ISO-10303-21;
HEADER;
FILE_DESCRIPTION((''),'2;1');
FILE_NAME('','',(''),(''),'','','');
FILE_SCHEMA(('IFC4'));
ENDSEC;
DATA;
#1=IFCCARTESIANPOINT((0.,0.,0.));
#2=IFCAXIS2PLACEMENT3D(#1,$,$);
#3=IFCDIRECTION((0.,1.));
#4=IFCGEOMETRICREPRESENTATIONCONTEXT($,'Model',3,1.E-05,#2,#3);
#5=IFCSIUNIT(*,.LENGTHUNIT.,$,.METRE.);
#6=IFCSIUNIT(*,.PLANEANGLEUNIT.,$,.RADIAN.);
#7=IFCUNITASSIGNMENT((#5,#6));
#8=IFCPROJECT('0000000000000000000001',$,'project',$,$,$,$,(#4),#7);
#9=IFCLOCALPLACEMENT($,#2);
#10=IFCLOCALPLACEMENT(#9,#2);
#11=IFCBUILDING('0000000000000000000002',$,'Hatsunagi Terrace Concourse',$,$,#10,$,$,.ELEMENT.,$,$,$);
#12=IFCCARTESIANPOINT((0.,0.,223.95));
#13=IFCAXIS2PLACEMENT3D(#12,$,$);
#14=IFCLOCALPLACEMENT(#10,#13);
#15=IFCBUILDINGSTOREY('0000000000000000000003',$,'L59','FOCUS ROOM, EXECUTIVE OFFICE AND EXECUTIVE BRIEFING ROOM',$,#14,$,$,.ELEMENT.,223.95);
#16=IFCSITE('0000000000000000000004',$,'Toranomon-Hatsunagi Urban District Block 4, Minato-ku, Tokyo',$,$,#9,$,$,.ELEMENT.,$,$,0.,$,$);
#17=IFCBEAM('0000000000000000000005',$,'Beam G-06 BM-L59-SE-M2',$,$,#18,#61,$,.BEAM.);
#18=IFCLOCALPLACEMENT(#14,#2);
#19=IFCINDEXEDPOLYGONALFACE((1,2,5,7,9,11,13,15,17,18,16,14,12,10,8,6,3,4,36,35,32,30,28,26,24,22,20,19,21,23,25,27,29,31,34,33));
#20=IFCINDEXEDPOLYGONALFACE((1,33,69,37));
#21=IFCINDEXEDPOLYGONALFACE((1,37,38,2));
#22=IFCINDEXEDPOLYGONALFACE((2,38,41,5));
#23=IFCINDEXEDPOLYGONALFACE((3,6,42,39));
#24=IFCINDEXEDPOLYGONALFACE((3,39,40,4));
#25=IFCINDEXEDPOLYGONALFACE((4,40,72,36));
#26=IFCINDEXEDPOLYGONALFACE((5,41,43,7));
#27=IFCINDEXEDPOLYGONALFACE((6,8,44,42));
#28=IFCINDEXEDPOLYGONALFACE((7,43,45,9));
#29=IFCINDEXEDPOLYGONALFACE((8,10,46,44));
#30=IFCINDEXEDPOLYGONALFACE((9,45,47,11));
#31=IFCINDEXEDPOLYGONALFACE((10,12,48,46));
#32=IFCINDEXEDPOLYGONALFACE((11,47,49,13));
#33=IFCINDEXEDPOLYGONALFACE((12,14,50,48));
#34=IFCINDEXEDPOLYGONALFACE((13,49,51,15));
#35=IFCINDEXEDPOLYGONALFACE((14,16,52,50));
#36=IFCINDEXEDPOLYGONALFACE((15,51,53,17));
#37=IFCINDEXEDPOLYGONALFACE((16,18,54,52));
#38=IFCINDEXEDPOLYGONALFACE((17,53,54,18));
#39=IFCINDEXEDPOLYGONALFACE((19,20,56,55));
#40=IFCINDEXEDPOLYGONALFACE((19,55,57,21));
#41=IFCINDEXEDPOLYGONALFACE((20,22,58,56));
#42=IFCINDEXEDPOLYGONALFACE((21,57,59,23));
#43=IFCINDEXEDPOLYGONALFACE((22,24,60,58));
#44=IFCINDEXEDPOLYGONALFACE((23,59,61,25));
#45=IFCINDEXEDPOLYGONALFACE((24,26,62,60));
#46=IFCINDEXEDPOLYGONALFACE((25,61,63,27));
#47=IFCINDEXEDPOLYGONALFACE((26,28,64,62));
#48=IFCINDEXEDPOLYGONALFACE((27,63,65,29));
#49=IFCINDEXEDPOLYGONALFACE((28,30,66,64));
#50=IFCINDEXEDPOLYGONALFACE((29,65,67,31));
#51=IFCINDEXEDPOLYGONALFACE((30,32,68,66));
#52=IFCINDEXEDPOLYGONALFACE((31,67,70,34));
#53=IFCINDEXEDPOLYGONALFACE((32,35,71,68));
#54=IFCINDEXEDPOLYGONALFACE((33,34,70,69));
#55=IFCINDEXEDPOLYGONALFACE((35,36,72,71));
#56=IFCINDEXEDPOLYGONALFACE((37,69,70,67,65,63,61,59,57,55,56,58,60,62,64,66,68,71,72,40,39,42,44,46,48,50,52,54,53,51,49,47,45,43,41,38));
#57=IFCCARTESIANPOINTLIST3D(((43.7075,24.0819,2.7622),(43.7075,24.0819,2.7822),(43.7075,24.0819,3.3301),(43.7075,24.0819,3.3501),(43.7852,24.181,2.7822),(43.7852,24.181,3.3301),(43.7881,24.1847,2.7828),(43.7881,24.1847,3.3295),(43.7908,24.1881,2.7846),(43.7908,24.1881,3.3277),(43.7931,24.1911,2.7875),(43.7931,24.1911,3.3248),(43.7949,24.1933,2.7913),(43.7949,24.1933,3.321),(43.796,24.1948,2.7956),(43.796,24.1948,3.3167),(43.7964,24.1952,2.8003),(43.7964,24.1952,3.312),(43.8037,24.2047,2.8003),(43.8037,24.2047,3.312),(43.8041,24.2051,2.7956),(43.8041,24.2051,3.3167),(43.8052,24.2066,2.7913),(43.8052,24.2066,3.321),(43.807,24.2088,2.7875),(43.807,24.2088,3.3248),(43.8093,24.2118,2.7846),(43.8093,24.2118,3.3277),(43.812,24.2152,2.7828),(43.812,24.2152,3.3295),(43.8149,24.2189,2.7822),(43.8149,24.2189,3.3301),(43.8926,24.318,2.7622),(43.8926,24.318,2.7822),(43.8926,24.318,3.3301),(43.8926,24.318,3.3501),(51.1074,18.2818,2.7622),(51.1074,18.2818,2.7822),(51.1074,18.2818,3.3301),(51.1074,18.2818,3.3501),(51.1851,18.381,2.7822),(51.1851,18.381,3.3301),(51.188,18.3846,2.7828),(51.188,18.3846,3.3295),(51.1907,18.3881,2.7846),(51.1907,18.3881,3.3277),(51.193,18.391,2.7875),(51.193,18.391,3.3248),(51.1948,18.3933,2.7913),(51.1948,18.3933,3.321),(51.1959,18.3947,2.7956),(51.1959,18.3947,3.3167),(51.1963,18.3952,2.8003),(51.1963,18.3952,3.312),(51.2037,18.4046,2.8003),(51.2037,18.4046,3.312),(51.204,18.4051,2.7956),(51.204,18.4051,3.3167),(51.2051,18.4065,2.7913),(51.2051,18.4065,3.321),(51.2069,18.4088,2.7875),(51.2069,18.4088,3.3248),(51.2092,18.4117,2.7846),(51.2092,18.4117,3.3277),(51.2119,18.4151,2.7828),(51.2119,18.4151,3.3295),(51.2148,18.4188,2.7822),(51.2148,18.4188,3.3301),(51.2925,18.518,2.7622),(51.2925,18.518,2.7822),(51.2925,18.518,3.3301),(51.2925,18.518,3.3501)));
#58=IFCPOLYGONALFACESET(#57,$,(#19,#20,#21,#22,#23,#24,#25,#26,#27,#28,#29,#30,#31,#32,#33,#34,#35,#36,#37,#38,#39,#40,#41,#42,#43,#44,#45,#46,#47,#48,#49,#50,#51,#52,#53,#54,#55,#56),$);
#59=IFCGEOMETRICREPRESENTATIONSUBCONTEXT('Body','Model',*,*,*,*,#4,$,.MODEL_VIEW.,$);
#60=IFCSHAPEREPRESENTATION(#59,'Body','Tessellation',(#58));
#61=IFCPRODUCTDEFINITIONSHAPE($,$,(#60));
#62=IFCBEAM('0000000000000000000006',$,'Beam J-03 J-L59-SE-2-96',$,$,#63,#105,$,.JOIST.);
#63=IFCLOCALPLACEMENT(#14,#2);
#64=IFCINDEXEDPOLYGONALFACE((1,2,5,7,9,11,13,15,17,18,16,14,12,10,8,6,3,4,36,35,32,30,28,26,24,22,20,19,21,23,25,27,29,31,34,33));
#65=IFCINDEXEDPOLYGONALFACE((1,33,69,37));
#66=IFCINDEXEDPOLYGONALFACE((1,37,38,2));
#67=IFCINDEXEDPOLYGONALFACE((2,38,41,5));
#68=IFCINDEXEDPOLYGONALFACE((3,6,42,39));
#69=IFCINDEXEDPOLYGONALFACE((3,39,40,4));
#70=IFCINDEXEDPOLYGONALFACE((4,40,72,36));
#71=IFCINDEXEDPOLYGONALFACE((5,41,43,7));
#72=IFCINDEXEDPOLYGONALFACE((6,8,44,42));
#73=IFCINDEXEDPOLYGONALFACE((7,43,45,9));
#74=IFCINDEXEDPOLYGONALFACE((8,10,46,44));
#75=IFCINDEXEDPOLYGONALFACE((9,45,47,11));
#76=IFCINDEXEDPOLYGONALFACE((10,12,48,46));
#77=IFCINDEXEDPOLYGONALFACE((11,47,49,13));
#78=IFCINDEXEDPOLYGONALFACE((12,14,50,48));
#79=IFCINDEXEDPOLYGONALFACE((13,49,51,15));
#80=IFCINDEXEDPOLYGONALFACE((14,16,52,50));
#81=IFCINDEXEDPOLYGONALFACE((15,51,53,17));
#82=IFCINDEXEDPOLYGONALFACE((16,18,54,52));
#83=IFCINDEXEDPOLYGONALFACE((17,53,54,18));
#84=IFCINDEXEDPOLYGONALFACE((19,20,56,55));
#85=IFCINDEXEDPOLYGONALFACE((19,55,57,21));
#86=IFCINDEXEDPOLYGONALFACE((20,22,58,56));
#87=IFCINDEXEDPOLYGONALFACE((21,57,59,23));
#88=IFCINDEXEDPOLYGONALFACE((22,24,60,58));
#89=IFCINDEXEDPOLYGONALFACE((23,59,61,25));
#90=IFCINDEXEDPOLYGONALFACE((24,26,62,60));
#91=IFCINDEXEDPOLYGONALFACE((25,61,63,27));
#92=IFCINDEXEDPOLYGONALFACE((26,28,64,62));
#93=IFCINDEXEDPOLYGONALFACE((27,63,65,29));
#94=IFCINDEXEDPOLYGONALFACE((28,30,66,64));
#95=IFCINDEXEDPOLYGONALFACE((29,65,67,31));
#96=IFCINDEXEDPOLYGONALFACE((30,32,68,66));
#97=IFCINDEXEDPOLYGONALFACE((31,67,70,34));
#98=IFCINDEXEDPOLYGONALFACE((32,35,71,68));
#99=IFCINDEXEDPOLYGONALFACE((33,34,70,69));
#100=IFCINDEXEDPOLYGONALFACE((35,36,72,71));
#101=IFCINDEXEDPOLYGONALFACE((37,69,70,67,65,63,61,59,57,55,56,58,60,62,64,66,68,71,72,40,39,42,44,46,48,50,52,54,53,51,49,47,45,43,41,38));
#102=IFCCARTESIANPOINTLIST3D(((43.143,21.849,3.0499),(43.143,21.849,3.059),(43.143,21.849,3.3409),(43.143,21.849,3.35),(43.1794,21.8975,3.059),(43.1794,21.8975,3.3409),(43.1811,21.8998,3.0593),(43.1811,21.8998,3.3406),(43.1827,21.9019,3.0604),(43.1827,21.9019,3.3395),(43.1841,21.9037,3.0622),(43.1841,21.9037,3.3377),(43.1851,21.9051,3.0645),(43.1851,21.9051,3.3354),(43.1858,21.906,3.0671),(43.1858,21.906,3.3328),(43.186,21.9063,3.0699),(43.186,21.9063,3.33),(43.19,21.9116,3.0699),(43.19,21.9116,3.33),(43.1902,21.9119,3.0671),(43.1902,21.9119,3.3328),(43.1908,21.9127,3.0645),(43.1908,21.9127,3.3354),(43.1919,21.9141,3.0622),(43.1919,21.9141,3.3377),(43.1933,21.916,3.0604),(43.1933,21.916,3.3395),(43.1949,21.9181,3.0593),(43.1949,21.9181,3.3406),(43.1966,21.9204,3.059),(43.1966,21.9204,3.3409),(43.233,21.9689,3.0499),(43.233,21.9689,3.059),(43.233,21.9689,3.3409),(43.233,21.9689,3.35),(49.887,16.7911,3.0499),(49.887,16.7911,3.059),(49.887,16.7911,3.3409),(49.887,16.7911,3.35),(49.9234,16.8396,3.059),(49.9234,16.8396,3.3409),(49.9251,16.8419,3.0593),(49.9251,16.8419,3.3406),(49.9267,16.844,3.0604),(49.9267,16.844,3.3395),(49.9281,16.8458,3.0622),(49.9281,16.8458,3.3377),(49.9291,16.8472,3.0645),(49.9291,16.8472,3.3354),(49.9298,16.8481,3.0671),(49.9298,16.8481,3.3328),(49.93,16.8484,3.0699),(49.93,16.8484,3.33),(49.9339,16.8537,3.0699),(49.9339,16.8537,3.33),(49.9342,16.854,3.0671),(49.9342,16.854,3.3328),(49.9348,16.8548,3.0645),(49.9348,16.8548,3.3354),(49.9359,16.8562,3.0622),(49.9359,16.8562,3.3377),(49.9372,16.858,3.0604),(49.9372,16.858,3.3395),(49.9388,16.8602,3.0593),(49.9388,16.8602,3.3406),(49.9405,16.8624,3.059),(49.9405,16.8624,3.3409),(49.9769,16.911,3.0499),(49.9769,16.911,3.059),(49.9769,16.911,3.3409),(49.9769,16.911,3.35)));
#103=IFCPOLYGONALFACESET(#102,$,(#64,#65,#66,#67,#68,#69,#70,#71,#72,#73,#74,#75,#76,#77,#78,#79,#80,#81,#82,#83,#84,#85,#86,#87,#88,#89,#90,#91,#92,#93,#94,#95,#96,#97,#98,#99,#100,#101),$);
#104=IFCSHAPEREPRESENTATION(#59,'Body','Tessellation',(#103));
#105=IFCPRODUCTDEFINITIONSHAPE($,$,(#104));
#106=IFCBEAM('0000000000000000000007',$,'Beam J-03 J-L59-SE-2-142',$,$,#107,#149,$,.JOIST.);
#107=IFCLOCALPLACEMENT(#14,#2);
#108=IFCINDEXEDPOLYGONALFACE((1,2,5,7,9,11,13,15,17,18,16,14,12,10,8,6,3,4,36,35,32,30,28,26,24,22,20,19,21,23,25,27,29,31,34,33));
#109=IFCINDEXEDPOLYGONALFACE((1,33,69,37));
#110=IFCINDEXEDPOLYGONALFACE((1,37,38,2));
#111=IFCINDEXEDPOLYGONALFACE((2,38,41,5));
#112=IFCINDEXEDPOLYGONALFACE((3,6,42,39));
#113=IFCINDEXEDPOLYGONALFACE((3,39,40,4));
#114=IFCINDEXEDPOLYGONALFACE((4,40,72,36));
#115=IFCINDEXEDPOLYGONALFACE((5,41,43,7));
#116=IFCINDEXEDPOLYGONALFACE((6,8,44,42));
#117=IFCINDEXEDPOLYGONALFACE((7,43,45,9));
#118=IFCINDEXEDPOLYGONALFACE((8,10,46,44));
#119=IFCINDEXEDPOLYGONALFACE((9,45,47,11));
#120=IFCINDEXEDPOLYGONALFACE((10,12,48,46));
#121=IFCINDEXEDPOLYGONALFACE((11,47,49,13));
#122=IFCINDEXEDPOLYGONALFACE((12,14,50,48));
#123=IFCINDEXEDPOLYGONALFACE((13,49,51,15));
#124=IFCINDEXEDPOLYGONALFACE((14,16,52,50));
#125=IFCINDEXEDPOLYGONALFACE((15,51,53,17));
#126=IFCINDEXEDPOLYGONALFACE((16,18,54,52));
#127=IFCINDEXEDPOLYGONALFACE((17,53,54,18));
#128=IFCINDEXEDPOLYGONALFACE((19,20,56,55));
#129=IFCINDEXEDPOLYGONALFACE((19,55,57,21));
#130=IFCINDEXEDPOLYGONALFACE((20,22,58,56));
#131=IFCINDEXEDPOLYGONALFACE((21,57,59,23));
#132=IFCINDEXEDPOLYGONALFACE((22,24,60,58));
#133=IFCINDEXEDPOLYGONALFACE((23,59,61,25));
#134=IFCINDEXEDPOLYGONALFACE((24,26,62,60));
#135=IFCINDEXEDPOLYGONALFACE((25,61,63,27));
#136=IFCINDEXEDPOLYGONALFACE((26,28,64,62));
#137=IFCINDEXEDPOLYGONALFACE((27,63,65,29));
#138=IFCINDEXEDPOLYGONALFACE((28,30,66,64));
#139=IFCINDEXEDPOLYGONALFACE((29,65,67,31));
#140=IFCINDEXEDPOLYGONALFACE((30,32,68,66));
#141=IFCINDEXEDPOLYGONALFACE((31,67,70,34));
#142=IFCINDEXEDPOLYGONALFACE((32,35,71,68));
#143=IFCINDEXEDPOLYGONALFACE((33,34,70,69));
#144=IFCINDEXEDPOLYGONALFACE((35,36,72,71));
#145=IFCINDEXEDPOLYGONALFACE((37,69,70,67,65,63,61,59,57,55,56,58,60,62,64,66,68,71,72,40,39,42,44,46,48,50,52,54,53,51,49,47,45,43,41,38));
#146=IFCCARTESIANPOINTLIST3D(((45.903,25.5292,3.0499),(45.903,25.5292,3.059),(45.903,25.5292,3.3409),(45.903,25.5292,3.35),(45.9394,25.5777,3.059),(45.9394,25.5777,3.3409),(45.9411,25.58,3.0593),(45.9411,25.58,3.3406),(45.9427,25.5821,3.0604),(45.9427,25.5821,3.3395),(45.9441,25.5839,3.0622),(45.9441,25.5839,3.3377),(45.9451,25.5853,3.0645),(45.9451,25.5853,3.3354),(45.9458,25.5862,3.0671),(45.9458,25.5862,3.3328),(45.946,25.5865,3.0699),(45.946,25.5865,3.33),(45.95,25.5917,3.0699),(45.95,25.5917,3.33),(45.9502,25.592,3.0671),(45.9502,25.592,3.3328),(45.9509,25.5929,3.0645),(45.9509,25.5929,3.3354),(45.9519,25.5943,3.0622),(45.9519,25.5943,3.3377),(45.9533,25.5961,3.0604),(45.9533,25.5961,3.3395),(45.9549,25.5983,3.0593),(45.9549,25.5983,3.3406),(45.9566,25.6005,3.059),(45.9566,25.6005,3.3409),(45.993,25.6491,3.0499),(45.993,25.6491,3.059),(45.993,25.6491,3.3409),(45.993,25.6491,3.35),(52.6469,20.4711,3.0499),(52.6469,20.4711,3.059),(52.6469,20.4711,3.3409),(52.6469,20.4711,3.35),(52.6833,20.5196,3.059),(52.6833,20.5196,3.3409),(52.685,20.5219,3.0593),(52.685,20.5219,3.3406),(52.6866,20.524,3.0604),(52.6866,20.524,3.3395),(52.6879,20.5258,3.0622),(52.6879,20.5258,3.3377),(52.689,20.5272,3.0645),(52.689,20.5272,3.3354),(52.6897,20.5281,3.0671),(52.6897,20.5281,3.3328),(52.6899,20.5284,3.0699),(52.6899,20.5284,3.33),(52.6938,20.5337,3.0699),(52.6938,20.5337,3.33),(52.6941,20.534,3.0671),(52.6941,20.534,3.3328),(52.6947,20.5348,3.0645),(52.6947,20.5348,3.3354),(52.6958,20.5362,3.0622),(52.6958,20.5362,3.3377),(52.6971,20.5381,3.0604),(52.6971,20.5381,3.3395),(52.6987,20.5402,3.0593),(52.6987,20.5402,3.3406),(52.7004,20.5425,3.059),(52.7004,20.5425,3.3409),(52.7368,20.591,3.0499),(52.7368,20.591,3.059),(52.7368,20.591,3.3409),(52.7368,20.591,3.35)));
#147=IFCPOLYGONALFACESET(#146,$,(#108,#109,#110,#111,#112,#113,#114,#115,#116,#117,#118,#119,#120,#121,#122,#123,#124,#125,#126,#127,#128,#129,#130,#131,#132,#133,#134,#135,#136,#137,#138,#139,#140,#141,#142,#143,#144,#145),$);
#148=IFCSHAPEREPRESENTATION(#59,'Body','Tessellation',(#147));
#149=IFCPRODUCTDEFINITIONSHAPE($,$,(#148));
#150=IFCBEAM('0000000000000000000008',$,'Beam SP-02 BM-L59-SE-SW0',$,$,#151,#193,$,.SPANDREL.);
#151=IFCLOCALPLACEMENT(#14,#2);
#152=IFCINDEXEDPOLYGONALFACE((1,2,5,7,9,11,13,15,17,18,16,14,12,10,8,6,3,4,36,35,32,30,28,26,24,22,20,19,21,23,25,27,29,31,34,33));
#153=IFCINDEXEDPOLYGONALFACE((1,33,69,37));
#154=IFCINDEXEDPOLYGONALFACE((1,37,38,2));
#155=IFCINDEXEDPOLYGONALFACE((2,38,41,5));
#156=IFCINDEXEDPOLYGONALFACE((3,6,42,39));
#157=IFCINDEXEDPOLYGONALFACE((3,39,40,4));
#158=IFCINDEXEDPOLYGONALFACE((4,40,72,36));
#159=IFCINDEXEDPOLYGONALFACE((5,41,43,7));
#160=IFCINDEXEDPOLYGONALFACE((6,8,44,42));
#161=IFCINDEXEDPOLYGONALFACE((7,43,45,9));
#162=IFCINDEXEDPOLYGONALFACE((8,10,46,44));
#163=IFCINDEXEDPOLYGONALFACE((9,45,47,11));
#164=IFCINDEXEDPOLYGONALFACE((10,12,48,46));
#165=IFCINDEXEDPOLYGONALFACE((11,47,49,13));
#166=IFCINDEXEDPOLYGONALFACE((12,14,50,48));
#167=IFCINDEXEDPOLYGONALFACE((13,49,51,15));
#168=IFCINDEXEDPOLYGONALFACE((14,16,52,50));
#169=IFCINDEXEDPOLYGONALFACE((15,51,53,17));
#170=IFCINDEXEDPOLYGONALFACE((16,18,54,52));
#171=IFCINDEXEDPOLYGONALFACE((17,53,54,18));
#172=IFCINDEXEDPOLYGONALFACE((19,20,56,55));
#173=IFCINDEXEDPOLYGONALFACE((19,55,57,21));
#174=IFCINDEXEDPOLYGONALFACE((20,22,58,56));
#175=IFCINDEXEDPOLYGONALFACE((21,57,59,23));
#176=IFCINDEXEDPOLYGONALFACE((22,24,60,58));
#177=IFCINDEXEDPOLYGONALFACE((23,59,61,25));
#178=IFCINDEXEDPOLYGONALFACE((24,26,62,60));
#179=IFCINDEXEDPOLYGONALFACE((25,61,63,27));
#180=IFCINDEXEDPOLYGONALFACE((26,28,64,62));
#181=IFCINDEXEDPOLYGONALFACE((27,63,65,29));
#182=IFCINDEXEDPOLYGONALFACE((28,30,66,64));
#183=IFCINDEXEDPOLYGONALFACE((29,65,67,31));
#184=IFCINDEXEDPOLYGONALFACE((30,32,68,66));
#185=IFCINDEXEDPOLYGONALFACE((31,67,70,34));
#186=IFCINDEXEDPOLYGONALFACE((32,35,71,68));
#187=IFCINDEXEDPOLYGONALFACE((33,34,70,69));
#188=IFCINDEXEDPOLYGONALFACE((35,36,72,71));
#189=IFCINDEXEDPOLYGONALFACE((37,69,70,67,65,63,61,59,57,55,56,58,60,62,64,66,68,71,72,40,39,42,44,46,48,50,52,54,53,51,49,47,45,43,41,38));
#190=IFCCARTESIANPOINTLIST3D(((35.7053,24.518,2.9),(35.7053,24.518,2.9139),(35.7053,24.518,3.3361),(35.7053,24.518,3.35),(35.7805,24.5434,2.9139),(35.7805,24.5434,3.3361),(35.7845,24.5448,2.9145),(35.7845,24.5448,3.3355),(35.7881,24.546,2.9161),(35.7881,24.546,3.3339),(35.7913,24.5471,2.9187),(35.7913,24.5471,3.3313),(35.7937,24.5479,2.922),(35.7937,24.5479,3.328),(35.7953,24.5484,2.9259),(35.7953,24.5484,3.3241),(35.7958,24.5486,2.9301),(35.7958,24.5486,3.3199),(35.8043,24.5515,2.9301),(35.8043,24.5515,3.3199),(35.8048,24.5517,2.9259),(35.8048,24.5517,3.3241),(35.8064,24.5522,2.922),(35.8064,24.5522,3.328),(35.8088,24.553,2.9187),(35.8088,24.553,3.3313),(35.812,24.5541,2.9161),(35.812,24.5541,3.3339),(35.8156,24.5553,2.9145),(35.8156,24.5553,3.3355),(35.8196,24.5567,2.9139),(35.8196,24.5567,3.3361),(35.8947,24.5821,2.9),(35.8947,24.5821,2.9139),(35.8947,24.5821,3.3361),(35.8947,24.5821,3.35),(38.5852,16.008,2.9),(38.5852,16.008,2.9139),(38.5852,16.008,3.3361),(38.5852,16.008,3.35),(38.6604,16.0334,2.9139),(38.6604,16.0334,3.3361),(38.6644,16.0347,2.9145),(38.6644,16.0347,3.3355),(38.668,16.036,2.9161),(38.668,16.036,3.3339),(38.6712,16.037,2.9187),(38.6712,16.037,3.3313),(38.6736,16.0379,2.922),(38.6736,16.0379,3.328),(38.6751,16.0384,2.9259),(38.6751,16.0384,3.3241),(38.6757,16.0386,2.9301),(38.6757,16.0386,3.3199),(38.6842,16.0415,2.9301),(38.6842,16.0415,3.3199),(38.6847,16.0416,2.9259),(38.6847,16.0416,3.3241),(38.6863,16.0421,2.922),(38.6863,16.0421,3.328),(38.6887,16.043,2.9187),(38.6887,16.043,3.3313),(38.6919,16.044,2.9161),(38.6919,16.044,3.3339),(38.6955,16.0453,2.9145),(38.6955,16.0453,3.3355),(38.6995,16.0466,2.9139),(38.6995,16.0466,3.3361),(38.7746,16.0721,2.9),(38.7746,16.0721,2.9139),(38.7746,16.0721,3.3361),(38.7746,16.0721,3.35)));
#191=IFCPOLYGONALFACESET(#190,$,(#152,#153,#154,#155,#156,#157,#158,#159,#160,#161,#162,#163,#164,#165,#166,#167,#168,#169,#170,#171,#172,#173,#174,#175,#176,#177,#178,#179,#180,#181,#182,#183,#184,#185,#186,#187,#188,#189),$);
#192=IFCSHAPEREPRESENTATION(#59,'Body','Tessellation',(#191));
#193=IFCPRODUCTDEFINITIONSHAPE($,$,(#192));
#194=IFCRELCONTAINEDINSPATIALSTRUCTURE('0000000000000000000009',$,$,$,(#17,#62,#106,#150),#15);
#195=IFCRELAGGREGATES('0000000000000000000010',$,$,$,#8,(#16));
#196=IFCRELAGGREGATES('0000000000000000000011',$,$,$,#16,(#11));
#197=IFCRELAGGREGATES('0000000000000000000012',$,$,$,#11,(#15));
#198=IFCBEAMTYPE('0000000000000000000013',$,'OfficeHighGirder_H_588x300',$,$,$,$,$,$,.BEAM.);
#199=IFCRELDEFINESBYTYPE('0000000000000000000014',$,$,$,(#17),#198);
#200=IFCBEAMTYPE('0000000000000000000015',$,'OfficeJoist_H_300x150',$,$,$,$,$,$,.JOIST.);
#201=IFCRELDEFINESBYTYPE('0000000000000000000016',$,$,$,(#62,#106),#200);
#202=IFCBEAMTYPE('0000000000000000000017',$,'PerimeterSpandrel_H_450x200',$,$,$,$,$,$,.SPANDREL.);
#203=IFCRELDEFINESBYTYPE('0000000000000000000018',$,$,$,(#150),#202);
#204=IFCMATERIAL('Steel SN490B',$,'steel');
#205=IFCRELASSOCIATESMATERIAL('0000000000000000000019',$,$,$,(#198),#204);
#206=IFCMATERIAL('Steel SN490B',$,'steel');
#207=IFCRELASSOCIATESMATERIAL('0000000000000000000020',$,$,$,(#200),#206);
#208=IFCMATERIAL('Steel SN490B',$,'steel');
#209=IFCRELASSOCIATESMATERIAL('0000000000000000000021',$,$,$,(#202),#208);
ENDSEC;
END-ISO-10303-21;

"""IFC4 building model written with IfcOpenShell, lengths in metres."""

from ifc_helpers import new_model, si_unit, direction, frame, origin, origin_2d, place, context, subcontext, project, spatial, i_section, extrude, material, material_profile, profile_set, type_object, element, save


model = new_model("IFC4")

# Units and contexts
model_context = context("Model", 3, precision=1e-05, world=origin(), true_north=direction((0.0, 1.0)))
body_context = subcontext(model_context, "Body", "Model", "MODEL_VIEW")
ifc_project = project(units=[si_unit("LENGTHUNIT", "METRE"), si_unit("PLANEANGLEUNIT", "RADIAN")], contexts=[model_context])

# Site, building, storey
site_placement = place(None, origin())
site = spatial("IfcSite", under=ifc_project, at=site_placement, Name="Toranomon-Hatsunagi Urban District Block 4, Minato-ku, Tokyo", CompositionType="ELEMENT", RefElevation=0.0)
building_placement = place(site_placement, origin())
building = spatial("IfcBuilding", under=site, at=building_placement, Name="Hatsunagi Terrace Concourse", CompositionType="ELEMENT")
storey_placement = place(building_placement, frame((0.0, 0.0, 223.95)))
storey = spatial("IfcBuildingStorey", under=building, at=storey_placement, Name="L59", Description="FOCUS ROOM, EXECUTIVE OFFICE AND EXECUTIVE BRIEFING ROOM", CompositionType="ELEMENT", Elevation=223.95)

# Beams
ifc_material_1 = material(Name="Steel SN490B", Category="steel")
ifc_material_profile_1 = material_profile(ifc_material_1, i_section(OverallWidth=0.3, OverallDepth=0.5879, WebThickness=0.012, FlangeThickness=0.02, FilletRadius=0.0181, at=origin_2d()), Name="H-588x300x12x20")
ifc_profile_set_1 = profile_set([ifc_material_profile_1], Name="Steel SN490B")
beam_type_1 = type_object("IfcBeamType", Name="OfficeHighGirder_H_588x300", PredefinedType="BEAM", material=ifc_profile_set_1)
beam_1_placement = place(storey_placement, frame((43.8, 24.2, 3.0562), z_axis=(0.787049, -0.61689, 0.0), x_axis=(0.61689, 0.787049, 0.0)))
element("IfcBeam", 1, at=beam_1_placement, inside=storey, type_object=beam_type_1, Name="Beam G-06 BM-L59-SE-M2", PredefinedType="BEAM", context=body_context, shape_type="SweptSolid", body=[
    extrude(i_section(OverallWidth=0.3, OverallDepth=0.5879, WebThickness=0.012, FlangeThickness=0.02, FilletRadius=0.0181, at=origin_2d()), origin(), (0.0, 0.0, 1.0), 9.4021),
])
ifc_material_2 = material(Name="Steel SN490B", Category="steel")
ifc_material_profile_2 = material_profile(ifc_material_2, i_section(OverallWidth=0.1499, OverallDepth=0.3, WebThickness=0.0066, FlangeThickness=0.009, FilletRadius=0.011, at=origin_2d()), Name="H-300x150x6.5x9")
ifc_profile_set_2 = profile_set([ifc_material_profile_2], Name="Steel SN490B")
beam_type_2 = type_object("IfcBeamType", Name="OfficeJoist_H_300x150", PredefinedType="JOIST", material=ifc_profile_set_2)
for number, where, z_axis, x_axis, name in (
    (2, (43.188, 21.9089, 3.2), (0.800003, -0.599995, 0.0), (0.599995, 0.800003, 0.0), "Beam J-03 J-L59-SE-2-96"),
    (3, (45.948, 25.5891, 3.2), (0.79999, -0.600014, 0.0), (0.600014, 0.79999, 0.0), "Beam J-03 J-L59-SE-2-142"),
):
    element("IfcBeam", number, at=place(storey_placement, frame(where, z_axis=z_axis, x_axis=x_axis)), inside=storey, type_object=beam_type_2, Name=name, PredefinedType="JOIST", context=body_context, shape_type="SweptSolid", body=[
        extrude(i_section(OverallWidth=0.1499, OverallDepth=0.3, WebThickness=0.0066, FlangeThickness=0.009, FilletRadius=0.011, at=origin_2d()), origin(), (0.0, 0.0, 1.0), 8.4299),
    ])
ifc_material_3 = material(Name="Steel SN490B", Category="steel")
ifc_material_profile_3 = material_profile(ifc_material_3, i_section(OverallWidth=0.2, OverallDepth=0.45, WebThickness=0.009, FlangeThickness=0.0139, FilletRadius=0.0161, at=origin_2d()), Name="H-450x200x9x14")
ifc_profile_set_3 = profile_set([ifc_material_profile_3], Name="Steel SN490B")
beam_type_3 = type_object("IfcBeamType", Name="PerimeterSpandrel_H_450x200", PredefinedType="SPANDREL", material=ifc_profile_set_3)
beam_2_placement = place(storey_placement, frame((35.8, 24.55, 3.125), z_axis=(0.320553, -0.94723, 0.0), x_axis=(0.94723, 0.320553, 0.0)))
element("IfcBeam", 4, at=beam_2_placement, inside=storey, type_object=beam_type_3, Name="Beam SP-02 BM-L59-SE-SW0", PredefinedType="SPANDREL", context=body_context, shape_type="SweptSolid", body=[
    extrude(i_section(OverallWidth=0.2, OverallDepth=0.45, WebThickness=0.009, FlangeThickness=0.0139, FilletRadius=0.0161, at=origin_2d()), origin(), (0.0, 0.0, 1.0), 8.9841),
])

save(model, "model.ifc")
